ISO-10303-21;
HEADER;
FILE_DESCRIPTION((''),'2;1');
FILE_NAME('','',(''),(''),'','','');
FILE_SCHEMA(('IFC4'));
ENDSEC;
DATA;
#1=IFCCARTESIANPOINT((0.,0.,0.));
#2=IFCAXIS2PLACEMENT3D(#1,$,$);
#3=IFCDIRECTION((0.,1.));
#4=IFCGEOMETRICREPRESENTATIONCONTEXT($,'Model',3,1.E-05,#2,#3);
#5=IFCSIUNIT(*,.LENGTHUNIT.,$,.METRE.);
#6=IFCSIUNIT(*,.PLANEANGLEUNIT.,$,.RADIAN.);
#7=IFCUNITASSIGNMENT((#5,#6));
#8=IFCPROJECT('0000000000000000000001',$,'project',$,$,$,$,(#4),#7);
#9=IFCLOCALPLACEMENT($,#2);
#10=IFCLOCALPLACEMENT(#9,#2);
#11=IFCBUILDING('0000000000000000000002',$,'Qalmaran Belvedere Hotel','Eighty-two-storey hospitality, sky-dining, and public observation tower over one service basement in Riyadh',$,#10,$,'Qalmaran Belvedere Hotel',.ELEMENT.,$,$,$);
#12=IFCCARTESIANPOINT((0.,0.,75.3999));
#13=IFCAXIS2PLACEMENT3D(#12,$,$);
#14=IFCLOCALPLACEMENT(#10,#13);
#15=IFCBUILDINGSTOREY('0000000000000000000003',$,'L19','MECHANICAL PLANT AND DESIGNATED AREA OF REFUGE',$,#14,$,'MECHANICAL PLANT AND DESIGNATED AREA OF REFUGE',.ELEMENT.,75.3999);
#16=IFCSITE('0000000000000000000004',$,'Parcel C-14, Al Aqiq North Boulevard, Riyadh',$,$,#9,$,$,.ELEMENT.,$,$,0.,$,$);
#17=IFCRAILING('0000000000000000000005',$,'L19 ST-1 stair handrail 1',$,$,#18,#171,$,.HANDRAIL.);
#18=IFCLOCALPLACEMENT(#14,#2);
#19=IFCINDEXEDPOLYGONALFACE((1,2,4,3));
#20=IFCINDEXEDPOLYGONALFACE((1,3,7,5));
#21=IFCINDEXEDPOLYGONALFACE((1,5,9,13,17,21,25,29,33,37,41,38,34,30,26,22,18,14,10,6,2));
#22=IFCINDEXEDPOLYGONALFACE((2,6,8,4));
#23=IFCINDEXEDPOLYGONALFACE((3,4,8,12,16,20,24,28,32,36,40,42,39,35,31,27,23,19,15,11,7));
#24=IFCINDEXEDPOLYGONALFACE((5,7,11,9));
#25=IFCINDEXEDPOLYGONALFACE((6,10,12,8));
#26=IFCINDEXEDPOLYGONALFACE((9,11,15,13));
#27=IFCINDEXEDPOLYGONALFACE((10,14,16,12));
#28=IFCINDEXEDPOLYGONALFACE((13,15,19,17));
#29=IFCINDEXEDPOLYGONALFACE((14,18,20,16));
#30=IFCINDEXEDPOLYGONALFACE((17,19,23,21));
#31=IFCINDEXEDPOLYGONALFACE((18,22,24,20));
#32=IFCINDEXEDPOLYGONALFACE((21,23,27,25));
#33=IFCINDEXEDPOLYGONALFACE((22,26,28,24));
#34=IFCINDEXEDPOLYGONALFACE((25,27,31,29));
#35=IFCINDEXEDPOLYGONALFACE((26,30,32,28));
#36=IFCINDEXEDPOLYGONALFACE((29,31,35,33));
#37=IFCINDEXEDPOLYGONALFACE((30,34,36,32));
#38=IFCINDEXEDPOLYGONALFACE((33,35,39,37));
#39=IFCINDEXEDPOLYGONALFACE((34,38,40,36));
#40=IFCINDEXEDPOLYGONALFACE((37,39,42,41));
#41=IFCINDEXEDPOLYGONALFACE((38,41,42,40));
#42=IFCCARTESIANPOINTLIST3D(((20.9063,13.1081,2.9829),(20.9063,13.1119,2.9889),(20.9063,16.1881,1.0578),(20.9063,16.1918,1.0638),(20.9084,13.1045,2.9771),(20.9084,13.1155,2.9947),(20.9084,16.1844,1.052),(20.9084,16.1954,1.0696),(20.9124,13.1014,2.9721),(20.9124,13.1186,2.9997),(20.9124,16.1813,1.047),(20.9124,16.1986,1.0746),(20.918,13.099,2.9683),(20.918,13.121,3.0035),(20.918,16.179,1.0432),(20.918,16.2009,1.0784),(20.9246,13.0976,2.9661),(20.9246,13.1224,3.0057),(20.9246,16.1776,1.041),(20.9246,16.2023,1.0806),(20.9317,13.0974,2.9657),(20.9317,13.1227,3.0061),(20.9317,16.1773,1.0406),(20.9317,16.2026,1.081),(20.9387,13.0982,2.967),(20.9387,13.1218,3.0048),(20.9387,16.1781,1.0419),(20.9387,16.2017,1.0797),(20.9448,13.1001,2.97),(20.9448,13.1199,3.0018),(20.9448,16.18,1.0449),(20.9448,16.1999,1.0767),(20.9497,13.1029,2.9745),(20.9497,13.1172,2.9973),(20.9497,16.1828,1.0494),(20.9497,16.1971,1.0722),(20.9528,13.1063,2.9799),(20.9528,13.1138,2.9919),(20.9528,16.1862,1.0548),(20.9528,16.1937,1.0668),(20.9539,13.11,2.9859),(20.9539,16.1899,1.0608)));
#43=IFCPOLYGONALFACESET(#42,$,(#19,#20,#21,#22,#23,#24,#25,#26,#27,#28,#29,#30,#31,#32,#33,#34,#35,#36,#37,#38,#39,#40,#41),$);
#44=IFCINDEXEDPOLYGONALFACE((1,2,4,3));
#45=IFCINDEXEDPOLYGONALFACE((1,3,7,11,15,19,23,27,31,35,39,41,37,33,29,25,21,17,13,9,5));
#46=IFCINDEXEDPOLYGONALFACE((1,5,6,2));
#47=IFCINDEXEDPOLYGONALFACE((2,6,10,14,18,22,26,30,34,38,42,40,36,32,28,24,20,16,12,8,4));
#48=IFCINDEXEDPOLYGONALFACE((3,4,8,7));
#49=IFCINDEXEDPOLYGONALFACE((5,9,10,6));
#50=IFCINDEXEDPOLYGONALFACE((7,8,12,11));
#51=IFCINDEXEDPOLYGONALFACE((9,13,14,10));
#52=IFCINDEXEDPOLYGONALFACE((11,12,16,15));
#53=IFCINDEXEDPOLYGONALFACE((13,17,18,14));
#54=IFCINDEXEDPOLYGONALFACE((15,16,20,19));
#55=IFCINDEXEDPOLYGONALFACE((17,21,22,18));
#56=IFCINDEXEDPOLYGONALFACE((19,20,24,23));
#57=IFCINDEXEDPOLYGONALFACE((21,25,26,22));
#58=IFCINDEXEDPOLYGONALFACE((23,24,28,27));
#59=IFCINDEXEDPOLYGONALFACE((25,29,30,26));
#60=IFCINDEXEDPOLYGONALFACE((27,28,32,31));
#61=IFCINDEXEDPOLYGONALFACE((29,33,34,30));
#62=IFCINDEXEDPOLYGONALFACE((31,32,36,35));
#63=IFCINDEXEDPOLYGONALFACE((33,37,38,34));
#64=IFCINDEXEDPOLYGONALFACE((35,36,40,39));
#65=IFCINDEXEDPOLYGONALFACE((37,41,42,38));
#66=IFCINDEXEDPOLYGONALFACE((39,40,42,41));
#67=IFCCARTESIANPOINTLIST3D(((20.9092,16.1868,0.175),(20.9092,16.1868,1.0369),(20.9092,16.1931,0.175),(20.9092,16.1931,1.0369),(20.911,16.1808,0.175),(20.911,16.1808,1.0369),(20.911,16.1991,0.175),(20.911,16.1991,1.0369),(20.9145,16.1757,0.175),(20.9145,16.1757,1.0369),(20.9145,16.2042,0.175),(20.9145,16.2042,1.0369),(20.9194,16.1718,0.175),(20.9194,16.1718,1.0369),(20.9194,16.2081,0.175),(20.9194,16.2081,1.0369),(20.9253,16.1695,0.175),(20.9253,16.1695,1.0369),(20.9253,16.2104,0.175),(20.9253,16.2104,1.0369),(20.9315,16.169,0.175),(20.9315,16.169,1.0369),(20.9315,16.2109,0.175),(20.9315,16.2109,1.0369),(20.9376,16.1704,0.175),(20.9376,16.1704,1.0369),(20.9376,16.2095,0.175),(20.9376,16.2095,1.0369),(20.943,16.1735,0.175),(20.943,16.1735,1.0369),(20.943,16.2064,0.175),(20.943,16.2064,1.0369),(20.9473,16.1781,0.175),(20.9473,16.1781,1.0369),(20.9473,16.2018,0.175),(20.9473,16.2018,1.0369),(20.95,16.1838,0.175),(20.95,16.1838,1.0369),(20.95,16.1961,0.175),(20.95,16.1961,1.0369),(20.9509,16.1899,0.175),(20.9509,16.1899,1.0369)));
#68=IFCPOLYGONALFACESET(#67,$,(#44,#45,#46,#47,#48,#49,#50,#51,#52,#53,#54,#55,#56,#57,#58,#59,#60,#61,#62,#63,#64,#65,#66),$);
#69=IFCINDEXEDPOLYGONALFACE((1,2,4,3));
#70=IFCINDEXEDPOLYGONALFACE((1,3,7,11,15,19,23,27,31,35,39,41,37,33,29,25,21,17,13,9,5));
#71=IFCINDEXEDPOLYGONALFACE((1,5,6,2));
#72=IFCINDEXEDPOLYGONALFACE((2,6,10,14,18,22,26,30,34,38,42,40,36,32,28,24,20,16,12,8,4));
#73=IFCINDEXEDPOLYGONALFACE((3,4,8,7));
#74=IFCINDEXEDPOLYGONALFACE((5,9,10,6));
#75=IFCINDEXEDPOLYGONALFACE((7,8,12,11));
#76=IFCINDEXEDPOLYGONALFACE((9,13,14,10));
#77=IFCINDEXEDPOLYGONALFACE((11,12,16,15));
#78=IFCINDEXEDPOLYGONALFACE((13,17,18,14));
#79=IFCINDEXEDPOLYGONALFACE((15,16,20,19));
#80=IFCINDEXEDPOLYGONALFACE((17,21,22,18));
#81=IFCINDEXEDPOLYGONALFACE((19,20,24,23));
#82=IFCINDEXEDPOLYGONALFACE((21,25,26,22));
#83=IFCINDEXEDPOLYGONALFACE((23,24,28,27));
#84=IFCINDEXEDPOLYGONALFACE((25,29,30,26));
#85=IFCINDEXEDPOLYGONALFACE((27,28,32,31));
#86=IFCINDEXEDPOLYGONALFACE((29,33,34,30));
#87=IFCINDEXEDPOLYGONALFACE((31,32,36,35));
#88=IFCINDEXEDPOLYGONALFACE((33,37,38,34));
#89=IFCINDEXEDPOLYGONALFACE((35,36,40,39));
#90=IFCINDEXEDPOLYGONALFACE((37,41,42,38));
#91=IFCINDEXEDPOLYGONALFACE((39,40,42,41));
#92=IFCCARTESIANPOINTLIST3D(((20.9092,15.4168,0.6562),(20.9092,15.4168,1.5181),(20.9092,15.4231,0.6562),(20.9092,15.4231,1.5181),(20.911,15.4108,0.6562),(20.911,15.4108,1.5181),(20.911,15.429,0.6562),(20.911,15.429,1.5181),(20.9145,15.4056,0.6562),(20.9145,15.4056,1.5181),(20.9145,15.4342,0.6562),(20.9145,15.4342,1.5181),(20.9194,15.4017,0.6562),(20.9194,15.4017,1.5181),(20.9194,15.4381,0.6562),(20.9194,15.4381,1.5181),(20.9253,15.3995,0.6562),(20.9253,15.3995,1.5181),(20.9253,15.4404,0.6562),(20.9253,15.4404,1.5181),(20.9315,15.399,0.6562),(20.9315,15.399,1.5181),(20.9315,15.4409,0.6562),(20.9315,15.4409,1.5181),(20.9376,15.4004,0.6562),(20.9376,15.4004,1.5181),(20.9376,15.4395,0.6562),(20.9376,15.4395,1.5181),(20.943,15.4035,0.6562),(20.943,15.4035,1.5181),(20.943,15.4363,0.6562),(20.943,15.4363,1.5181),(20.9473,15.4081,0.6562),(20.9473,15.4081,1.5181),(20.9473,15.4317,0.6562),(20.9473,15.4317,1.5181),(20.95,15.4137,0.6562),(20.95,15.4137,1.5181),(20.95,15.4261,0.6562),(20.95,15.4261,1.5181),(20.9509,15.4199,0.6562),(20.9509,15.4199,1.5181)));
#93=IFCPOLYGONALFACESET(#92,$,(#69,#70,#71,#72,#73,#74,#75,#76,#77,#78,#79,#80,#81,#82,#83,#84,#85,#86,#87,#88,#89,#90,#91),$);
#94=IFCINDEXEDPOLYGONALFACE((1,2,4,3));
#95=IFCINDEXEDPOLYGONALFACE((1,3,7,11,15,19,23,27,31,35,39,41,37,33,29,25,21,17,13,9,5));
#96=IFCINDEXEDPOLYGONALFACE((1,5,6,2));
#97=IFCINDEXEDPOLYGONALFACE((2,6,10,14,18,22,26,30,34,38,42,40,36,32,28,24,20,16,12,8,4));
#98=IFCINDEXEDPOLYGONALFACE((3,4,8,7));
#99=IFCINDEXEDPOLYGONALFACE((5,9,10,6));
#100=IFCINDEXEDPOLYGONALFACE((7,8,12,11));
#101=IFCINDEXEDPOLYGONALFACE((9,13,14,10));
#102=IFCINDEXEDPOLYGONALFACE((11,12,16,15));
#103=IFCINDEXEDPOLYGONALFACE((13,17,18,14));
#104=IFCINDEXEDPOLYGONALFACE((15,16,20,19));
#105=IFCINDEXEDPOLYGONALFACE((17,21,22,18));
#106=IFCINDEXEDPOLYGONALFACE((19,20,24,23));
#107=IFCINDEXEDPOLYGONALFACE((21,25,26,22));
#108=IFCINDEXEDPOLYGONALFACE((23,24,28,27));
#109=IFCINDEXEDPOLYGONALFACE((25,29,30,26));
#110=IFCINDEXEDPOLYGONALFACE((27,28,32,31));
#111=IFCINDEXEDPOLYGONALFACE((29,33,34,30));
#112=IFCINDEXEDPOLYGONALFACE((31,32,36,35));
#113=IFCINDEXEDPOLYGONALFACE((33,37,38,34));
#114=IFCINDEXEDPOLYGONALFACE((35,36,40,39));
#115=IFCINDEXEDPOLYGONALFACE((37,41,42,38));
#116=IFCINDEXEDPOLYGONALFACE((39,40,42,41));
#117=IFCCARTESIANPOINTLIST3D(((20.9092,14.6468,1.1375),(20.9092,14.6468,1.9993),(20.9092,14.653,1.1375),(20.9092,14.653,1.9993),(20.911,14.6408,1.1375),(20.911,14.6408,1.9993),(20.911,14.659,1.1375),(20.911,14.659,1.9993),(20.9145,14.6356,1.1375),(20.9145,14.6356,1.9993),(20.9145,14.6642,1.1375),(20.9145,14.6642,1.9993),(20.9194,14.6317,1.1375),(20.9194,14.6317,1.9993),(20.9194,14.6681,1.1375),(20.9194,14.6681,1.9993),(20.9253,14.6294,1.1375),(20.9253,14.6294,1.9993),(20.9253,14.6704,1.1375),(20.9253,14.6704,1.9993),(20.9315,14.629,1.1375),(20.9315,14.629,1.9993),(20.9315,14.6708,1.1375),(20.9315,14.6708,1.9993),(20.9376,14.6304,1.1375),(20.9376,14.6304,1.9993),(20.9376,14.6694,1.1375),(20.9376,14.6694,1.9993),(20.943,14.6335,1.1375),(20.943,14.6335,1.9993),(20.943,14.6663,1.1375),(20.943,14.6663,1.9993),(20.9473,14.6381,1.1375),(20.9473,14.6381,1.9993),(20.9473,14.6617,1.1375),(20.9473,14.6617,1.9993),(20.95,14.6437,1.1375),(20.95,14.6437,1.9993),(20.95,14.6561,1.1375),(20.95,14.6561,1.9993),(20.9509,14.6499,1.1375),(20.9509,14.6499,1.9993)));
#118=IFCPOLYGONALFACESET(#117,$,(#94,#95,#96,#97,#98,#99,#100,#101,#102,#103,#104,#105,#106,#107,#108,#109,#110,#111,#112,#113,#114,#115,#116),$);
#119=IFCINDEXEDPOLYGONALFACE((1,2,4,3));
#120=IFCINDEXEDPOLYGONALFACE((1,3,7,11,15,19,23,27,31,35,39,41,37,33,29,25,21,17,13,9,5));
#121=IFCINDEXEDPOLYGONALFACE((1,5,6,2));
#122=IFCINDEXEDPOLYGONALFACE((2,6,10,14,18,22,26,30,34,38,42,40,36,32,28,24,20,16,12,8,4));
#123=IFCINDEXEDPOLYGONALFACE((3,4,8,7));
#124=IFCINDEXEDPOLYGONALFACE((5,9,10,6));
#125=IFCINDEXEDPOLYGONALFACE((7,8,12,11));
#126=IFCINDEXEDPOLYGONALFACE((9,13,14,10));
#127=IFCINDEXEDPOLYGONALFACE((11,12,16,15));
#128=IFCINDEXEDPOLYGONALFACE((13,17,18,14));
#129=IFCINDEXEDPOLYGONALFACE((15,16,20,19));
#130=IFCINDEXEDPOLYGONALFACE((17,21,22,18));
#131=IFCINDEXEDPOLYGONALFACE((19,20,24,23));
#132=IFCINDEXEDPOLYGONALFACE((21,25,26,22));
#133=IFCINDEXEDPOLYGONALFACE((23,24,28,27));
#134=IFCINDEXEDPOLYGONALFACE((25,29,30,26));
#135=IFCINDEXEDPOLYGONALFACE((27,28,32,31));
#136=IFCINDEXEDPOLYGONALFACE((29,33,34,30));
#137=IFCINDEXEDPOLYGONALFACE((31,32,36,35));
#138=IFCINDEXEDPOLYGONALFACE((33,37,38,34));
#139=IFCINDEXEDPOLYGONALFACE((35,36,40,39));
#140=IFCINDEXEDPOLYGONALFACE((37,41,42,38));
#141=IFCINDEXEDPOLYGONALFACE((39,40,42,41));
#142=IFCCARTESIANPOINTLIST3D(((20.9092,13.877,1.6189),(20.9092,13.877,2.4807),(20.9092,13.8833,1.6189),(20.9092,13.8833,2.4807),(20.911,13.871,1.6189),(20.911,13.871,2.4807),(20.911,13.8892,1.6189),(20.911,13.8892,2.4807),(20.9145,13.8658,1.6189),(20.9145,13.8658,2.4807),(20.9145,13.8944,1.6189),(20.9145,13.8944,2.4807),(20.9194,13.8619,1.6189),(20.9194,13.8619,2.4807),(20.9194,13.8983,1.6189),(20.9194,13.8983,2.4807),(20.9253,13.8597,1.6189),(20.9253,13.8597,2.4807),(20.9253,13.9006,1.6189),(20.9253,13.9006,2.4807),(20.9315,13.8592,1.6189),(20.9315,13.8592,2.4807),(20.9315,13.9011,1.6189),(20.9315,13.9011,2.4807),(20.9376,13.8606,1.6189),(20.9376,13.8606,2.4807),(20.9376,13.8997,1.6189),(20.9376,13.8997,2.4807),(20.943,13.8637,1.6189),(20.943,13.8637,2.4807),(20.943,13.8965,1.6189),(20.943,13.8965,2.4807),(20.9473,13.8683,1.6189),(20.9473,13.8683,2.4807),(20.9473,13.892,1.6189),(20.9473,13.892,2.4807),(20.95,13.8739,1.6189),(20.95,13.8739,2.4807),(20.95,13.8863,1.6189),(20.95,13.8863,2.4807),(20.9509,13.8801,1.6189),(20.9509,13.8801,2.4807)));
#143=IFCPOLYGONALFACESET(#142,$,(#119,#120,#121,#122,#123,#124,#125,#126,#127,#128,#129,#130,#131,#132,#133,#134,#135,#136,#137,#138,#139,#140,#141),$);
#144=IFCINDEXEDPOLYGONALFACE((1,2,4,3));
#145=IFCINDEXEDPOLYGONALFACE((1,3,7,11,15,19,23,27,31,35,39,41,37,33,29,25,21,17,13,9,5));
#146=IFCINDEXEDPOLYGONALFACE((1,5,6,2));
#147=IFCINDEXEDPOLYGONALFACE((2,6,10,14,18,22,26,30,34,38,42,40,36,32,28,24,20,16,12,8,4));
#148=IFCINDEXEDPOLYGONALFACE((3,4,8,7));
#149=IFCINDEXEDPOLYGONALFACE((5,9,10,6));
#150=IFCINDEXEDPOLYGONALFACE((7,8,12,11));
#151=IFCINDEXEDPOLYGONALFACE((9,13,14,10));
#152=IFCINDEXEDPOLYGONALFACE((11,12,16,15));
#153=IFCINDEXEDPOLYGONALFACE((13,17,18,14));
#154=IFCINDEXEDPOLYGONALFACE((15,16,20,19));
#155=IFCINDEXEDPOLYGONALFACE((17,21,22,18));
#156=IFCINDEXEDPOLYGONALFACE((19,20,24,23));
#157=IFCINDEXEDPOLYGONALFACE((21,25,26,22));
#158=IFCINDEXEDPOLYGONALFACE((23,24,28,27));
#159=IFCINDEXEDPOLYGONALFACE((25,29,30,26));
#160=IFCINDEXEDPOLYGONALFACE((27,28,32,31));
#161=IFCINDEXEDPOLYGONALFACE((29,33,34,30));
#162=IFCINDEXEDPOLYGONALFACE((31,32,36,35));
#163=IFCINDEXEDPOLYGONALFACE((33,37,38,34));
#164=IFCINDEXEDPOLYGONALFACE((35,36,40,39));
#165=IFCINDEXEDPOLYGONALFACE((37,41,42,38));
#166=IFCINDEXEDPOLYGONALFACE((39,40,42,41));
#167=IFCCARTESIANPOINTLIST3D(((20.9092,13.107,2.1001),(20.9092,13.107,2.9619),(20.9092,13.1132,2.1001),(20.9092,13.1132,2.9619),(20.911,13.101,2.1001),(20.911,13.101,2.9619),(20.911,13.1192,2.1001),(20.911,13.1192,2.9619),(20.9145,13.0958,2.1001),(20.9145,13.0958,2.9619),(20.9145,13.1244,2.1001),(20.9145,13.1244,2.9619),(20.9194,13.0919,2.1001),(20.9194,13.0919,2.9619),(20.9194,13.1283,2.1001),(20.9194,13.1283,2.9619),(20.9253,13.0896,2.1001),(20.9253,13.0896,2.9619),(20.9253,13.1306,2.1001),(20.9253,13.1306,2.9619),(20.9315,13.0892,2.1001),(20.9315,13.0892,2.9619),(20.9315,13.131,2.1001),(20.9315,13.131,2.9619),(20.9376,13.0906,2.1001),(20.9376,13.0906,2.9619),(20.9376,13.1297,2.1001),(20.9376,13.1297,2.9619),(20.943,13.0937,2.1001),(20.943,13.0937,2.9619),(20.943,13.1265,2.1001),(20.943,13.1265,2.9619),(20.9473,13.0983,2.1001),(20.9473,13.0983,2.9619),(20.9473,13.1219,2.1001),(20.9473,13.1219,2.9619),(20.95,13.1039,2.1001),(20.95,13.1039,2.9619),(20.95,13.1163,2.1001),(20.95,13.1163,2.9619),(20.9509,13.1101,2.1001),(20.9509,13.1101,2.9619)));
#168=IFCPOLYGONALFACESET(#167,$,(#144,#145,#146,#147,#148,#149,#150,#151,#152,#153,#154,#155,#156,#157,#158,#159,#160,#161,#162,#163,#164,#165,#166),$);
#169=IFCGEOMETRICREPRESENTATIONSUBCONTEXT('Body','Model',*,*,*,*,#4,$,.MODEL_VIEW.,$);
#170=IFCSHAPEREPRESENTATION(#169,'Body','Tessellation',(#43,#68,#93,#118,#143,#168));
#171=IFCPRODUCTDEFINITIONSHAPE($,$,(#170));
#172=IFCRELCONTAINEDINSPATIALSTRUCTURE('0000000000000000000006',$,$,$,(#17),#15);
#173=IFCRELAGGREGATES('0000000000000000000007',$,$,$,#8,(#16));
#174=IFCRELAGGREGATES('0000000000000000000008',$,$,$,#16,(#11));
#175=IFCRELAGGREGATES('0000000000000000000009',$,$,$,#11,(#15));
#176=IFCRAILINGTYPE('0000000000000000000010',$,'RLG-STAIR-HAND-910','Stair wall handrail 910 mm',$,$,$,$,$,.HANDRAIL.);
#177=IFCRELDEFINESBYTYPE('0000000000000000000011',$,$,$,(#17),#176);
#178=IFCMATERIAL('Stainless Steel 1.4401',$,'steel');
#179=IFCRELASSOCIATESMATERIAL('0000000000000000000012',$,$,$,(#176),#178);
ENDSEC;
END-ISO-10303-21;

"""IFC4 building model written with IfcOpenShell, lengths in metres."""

from ifc_helpers import new_model, si_unit, direction, frame, origin, origin_2d, place, context, subcontext, project, spatial, circle, extrude, material, type_object, element, save


model = new_model("IFC4")

# Units and contexts
model_context = context("Model", 3, precision=1e-05, world=origin(), true_north=direction((0.0, 1.0)))
body_context = subcontext(model_context, "Body", "Model", "MODEL_VIEW")
ifc_project = project(units=[si_unit("LENGTHUNIT", "METRE"), si_unit("PLANEANGLEUNIT", "RADIAN")], contexts=[model_context])

# Site, building, storey
site_placement = place(None, origin())
site = spatial("IfcSite", under=ifc_project, at=site_placement, Name="Parcel C-14, Al Aqiq North Boulevard, Riyadh", CompositionType="ELEMENT", RefElevation=0.0)
building_placement = place(site_placement, origin())
building = spatial("IfcBuilding", under=site, at=building_placement, Name="Qalmaran Belvedere Hotel", Description="Eighty-two-storey hospitality, sky-dining, and public observation tower over one service basement in Riyadh", LongName="Qalmaran Belvedere Hotel", CompositionType="ELEMENT")
storey_placement = place(building_placement, frame((0.0, 0.0, 75.3999)))
storey = spatial("IfcBuildingStorey", under=building, at=storey_placement, Name="L19", Description="MECHANICAL PLANT AND DESIGNATED AREA OF REFUGE", LongName="MECHANICAL PLANT AND DESIGNATED AREA OF REFUGE", CompositionType="ELEMENT", Elevation=75.3999)

# Railing
ifc_material_1 = material(Name="Stainless Steel 1.4401", Category="steel")
railing_type_1 = type_object("IfcRailingType", Name="RLG-STAIR-HAND-910", Description="Stair wall handrail 910 mm", PredefinedType="HANDRAIL", material=ifc_material_1)
railing_1_placement = place(storey_placement, frame((20.9299, 16.1899, 0.175)))
element("IfcRailing", 1, at=railing_1_placement, inside=storey, type_object=railing_type_1, Name="L19 ST-1 stair handrail 1", PredefinedType="HANDRAIL", context=body_context, shape_type="SweptSolid", body=[
    extrude(circle(Radius=0.0239, at=origin_2d()), frame((0.0, 0.0, 0.8857), z_axis=(0.0, -0.847979, 0.530029), x_axis=(1.0, 0.0, 0.0)), (0.0, 0.0, 1.0), 3.6321),
    extrude(circle(Radius=0.021, at=origin_2d()), origin(), (0.0, 0.0, 1.0), 0.8618),
    extrude(circle(Radius=0.021, at=origin_2d()), frame((0.0, -0.77, 0.4812)), (0.0, 0.0, 1.0), 0.8618),
    extrude(circle(Radius=0.021, at=origin_2d()), frame((0.0, -1.54, 0.9624)), (0.0, 0.0, 1.0), 0.8618),
    extrude(circle(Radius=0.021, at=origin_2d()), frame((0.0, -2.3098, 1.4438)), (0.0, 0.0, 1.0), 0.8618),
    extrude(circle(Radius=0.021, at=origin_2d()), frame((0.0, -3.0798, 1.925)), (0.0, 0.0, 1.0), 0.8618),
])

save(model, "model.ifc")
